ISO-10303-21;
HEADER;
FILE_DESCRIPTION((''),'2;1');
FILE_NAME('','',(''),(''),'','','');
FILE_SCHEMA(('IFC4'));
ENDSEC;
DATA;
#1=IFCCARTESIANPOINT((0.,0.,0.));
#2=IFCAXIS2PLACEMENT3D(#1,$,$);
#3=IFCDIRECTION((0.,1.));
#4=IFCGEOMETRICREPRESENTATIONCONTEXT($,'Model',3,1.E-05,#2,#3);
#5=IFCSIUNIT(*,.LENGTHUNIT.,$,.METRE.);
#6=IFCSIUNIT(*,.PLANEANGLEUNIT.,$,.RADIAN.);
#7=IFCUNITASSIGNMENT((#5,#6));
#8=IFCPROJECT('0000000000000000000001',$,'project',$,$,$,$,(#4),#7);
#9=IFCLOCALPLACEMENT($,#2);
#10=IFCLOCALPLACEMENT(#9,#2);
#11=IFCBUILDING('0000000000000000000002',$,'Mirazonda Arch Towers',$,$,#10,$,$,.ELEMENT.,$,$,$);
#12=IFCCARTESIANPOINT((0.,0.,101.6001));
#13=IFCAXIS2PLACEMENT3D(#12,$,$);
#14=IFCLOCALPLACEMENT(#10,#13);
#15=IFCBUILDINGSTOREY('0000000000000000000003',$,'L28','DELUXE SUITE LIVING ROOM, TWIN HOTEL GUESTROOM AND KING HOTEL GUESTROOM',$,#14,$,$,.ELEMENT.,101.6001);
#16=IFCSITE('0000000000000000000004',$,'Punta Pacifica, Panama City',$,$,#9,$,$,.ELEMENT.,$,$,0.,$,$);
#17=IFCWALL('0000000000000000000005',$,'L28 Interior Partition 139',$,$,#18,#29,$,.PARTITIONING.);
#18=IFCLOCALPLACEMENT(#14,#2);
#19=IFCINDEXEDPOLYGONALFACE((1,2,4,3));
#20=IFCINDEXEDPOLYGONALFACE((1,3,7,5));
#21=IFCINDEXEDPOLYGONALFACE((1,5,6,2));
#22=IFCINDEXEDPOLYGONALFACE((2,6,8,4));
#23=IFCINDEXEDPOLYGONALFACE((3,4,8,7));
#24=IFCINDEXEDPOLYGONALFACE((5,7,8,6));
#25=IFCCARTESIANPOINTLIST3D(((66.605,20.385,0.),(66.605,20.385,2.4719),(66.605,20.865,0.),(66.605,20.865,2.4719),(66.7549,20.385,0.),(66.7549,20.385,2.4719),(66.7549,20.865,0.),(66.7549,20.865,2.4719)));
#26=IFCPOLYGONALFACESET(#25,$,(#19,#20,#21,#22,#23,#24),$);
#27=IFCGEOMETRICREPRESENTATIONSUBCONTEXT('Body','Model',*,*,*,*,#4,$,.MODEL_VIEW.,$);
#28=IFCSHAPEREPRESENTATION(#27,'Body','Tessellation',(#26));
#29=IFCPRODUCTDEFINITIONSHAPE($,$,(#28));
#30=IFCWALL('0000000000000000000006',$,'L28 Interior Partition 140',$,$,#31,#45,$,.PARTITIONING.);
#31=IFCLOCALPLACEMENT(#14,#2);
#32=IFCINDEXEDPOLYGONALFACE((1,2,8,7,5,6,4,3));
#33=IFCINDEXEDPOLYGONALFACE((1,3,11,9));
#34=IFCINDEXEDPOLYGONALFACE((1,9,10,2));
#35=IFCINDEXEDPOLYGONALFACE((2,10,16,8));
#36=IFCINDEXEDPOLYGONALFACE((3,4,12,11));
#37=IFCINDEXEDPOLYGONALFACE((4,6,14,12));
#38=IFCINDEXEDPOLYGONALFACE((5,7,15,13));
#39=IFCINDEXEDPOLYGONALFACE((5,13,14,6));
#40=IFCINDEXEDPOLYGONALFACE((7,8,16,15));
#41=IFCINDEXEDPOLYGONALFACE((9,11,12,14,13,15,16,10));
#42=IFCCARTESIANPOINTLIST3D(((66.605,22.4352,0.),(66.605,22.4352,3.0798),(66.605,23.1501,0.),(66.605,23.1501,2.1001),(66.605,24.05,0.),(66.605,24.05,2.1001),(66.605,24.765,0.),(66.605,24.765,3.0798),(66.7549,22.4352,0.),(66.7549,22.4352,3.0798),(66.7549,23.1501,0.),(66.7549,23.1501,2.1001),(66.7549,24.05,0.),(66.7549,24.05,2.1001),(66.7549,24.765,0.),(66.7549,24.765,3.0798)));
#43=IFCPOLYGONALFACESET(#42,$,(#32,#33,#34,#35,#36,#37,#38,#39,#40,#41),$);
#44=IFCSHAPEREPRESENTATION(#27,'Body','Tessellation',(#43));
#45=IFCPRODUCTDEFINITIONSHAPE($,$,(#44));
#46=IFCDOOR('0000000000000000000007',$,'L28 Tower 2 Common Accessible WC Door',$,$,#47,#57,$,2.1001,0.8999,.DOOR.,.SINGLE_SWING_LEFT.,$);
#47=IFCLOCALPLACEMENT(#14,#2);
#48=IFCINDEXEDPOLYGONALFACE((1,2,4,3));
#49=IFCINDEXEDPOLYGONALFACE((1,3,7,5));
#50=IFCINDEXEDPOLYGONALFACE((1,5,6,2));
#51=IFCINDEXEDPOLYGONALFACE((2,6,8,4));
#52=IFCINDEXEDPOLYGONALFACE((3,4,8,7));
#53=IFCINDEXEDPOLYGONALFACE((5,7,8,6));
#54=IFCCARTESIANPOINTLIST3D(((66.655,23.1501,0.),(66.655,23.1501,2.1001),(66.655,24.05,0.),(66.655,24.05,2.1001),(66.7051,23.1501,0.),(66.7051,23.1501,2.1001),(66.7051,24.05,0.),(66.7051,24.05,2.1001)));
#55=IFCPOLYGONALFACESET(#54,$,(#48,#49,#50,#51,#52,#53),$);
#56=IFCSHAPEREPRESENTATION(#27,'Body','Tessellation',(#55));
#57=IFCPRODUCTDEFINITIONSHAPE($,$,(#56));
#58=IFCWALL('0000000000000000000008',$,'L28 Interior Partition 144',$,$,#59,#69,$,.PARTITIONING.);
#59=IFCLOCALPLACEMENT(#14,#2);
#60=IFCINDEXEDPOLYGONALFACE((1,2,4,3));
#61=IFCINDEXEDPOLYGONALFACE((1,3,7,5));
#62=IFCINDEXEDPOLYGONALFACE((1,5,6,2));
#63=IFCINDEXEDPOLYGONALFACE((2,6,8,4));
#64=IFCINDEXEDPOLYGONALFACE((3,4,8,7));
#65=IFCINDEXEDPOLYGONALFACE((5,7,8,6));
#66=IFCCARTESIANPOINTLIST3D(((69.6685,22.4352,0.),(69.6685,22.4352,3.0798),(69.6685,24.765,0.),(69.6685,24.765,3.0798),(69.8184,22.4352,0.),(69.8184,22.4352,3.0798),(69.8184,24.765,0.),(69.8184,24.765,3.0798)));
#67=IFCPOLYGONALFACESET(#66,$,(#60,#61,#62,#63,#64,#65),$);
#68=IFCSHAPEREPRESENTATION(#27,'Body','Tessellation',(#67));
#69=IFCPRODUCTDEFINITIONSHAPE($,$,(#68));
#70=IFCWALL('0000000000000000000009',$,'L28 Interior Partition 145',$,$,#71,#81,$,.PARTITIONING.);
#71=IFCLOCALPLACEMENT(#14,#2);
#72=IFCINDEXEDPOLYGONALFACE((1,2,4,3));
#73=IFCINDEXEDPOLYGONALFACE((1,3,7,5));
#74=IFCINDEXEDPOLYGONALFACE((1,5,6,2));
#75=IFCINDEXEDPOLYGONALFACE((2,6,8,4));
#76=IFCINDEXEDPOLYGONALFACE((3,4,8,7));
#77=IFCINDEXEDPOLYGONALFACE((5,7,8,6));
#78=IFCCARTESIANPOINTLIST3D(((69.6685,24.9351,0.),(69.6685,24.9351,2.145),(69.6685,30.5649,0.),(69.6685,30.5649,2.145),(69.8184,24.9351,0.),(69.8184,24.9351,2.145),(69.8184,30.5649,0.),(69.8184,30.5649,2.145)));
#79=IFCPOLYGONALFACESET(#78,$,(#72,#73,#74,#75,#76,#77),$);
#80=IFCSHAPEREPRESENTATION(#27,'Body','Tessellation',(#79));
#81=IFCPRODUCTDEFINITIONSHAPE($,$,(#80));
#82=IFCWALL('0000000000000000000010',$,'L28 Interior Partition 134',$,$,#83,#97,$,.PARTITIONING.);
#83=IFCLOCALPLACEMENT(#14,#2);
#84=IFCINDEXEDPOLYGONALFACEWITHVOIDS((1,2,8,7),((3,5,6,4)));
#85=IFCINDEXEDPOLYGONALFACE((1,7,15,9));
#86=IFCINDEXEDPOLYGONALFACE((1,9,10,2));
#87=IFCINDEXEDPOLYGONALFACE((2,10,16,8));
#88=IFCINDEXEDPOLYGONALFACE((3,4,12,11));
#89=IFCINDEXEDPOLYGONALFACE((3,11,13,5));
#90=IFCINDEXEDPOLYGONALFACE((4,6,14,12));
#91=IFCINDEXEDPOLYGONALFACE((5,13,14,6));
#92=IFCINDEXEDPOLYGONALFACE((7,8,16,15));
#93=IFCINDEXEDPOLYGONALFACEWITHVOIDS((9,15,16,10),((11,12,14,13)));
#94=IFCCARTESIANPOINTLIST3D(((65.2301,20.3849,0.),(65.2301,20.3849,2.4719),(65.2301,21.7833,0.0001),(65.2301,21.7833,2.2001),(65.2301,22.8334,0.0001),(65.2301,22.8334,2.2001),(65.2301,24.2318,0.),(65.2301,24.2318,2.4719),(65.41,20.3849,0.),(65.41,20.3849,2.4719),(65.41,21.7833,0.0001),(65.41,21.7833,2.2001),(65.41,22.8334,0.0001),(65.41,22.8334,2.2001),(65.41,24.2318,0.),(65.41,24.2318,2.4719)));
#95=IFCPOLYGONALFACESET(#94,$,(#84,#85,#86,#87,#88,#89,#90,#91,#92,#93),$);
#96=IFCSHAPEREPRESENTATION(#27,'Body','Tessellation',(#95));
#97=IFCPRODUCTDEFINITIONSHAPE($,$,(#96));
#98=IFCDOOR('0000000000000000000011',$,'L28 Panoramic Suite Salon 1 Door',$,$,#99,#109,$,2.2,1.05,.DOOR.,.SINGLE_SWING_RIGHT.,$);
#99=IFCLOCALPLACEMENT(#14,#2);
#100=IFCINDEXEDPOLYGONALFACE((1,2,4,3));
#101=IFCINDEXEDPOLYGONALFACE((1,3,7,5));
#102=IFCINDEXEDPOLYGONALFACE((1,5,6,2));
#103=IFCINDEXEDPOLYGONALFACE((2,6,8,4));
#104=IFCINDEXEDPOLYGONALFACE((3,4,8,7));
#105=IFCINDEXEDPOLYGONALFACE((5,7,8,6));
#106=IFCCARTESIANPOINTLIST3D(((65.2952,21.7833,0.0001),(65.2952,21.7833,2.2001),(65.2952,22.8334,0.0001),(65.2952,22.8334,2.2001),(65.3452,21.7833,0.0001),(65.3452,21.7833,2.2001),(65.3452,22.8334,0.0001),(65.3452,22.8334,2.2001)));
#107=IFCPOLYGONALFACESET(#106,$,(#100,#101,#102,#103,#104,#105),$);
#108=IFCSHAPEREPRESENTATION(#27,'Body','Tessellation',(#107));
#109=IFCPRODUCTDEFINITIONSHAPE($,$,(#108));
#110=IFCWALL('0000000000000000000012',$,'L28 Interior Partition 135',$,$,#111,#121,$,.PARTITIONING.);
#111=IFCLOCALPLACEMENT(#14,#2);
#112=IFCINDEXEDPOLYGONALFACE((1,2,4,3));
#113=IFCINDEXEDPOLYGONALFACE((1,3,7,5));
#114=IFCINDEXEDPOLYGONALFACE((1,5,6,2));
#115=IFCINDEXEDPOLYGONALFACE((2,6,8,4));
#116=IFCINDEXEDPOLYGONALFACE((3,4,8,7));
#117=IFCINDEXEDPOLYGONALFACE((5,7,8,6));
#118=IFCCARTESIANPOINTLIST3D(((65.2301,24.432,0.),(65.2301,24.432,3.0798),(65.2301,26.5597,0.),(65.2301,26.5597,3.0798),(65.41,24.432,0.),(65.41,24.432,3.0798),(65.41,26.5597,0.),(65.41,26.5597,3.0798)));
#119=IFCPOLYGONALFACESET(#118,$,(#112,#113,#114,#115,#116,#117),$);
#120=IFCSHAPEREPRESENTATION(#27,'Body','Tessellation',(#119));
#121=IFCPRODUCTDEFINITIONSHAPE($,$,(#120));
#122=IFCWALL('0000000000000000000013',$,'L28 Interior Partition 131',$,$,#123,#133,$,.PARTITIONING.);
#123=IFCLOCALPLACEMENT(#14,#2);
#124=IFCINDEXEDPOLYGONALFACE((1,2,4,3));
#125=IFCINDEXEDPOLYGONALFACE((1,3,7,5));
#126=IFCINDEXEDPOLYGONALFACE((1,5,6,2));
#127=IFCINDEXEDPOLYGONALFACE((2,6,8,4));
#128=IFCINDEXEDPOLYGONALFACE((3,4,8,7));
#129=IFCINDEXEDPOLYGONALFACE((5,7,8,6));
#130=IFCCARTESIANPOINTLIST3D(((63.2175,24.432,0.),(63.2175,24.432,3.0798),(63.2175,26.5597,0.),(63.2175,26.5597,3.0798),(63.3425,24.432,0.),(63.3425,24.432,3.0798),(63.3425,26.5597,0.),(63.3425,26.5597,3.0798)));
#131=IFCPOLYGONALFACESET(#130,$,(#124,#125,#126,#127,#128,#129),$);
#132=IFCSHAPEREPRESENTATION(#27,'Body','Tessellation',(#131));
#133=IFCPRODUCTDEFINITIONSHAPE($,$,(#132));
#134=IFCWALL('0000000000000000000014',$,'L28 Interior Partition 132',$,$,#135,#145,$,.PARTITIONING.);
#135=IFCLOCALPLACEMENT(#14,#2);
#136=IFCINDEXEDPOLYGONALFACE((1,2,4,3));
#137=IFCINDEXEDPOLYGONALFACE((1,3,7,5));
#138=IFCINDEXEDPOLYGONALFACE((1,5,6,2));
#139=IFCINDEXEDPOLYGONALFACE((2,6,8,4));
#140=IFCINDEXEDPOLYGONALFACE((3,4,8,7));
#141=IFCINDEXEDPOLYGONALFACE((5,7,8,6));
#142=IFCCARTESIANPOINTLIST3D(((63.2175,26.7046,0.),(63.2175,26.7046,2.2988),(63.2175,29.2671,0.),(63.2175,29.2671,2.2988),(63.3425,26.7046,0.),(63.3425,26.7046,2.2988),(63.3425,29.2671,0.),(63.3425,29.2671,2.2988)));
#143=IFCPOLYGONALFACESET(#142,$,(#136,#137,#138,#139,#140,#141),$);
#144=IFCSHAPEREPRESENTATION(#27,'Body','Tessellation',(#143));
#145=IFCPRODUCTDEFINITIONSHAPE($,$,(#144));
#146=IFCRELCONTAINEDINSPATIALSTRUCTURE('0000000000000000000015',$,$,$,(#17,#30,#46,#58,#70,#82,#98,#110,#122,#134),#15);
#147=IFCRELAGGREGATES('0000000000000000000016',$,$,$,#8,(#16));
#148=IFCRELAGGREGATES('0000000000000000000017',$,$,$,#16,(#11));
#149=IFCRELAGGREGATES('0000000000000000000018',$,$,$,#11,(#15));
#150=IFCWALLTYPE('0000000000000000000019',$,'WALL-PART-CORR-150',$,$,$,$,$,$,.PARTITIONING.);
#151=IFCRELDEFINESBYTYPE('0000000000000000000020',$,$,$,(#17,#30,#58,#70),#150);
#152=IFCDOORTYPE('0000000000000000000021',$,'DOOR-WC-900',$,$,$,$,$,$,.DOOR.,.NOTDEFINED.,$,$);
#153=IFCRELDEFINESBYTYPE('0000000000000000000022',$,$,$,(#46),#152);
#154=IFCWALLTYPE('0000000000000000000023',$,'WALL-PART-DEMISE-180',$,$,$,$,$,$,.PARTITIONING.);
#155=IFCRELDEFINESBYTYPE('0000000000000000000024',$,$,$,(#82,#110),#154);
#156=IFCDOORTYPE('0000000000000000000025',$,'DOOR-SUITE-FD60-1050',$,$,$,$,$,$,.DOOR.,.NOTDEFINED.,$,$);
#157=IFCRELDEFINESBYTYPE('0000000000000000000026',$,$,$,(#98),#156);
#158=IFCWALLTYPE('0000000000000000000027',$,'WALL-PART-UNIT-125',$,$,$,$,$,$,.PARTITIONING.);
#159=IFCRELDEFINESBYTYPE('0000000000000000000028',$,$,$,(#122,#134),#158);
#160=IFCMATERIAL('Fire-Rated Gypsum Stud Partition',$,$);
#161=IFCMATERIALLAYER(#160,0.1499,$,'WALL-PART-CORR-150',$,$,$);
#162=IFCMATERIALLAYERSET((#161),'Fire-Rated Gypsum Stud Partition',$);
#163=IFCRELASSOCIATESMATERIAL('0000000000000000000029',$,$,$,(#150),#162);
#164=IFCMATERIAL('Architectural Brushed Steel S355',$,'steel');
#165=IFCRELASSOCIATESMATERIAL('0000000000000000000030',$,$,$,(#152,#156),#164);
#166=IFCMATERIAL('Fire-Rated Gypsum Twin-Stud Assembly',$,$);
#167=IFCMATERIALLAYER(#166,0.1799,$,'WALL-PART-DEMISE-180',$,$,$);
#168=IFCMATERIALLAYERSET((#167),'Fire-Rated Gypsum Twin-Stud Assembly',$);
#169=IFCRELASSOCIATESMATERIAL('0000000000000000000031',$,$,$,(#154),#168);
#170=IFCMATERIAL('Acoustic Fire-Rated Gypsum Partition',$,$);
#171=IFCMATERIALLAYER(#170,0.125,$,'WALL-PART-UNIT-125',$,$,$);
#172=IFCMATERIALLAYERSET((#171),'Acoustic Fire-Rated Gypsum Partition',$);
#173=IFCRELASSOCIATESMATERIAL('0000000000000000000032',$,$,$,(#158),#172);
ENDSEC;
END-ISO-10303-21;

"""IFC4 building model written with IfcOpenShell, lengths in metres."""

from ifc_helpers import new_model, si_unit, direction, frame, frame_2d, origin, place, context, subcontext, project, spatial, rectangle, extrude, material, layer, layer_set, type_object, element, fill, save


model = new_model("IFC4")

# Units and contexts
model_context = context("Model", 3, precision=1e-05, world=origin(), true_north=direction((0.0, 1.0)))
body_context = subcontext(model_context, "Body", "Model", "MODEL_VIEW")
ifc_project = project(units=[si_unit("LENGTHUNIT", "METRE"), si_unit("PLANEANGLEUNIT", "RADIAN")], contexts=[model_context])

# Site, building, storey
site_placement = place(None, origin())
site = spatial("IfcSite", under=ifc_project, at=site_placement, Name="Punta Pacifica, Panama City", CompositionType="ELEMENT", RefElevation=0.0)
building_placement = place(site_placement, origin())
building = spatial("IfcBuilding", under=site, at=building_placement, Name="Mirazonda Arch Towers", CompositionType="ELEMENT")
storey_placement = place(building_placement, frame((0.0, 0.0, 101.6001)))
storey = spatial("IfcBuildingStorey", under=building, at=storey_placement, Name="L28", Description="DELUXE SUITE LIVING ROOM, TWIN HOTEL GUESTROOM AND KING HOTEL GUESTROOM", CompositionType="ELEMENT", Elevation=101.6001)

# Shared definitions
ifc_material_1 = material(Name="Architectural Brushed Steel S355", Category="steel")

# Shared definitions
ifc_material_2 = material(Name="Fire-Rated Gypsum Stud Partition")
ifc_layer_1 = layer(ifc_material_2, 0.1499, Name="WALL-PART-CORR-150")
ifc_layer_set_1 = layer_set([ifc_layer_1], Name="Fire-Rated Gypsum Stud Partition")
wall_type_1 = type_object("IfcWallType", Name="WALL-PART-CORR-150", PredefinedType="PARTITIONING", material=ifc_layer_set_1)

# Wall
wall_1_placement = place(storey_placement, frame((66.6799, 20.385, 0.0), z_axis=(0.0, 0.0, 1.0), x_axis=(0.0, 1.0, 0.0)))
element("IfcWall", 1, at=wall_1_placement, inside=storey, type_object=wall_type_1, Name="L28 Interior Partition 139", PredefinedType="PARTITIONING", context=body_context, shape_type="SweptSolid", body=[
    extrude(rectangle(XDim=0.48, YDim=0.1499, at=frame_2d((0.24, 0.0))), origin(), (0.0, 0.0, 1.0), 2.4719),
])

# Wall, opening, door
wall_2_placement = place(storey_placement, frame((66.6799, 22.4351, 0.0), z_axis=(0.0, 0.0, 1.0), x_axis=(0.0, 1.0, 0.0)))
wall_2 = element("IfcWall", 2, at=wall_2_placement, inside=storey, type_object=wall_type_1, Name="L28 Interior Partition 140", PredefinedType="PARTITIONING", context=body_context, shape_type="SweptSolid", body=[
    extrude(rectangle(XDim=2.3298, YDim=0.1499, at=frame_2d((1.165, 0.0))), origin(), (0.0, 0.0, 1.0), 3.0798),
])
opening_1_placement = place(wall_2_placement, frame((0.7151, 0.0, 0.0)))
opening_1 = element("IfcOpeningElement", 3, at=opening_1_placement, cuts=wall_2, PredefinedType="OPENING", context=body_context, shape_type="SweptSolid", body=[
    extrude(rectangle(XDim=0.8999, YDim=2.1001, at=frame_2d((0.45, 1.05))), frame((0.0, 0.085, 0.0), z_axis=(0.0, -1.0, 0.0), x_axis=(1.0, 0.0, 0.0)), (0.0, 0.0, 1.0), 0.1699),
])
door_type_1 = type_object("IfcDoorType", Name="DOOR-WC-900", OperationType="NOTDEFINED", PredefinedType="DOOR", material=ifc_material_1)
door_1_placement = place(opening_1_placement, origin())
door_1 = element("IfcDoor", 4, at=door_1_placement, inside=storey, type_object=door_type_1, Name="L28 Tower 2 Common Accessible WC Door", OperationType="SINGLE_SWING_LEFT", OverallHeight=2.1001, OverallWidth=0.8999, PredefinedType="DOOR", context=body_context, shape_type="SweptSolid", body=[
    extrude(rectangle(XDim=0.8999, YDim=2.1001, at=frame_2d((0.45, 1.05))), frame((0.0, 0.0249, 0.0), z_axis=(0.0, -1.0, 0.0), x_axis=(1.0, 0.0, 0.0)), (0.0, 0.0, 1.0), 0.05),
])
fill(opening_1, door_1)

# Walls
wall_3_placement = place(storey_placement, frame((69.7434, 22.4351, 0.0), z_axis=(0.0, 0.0, 1.0), x_axis=(0.0, 1.0, 0.0)))
element("IfcWall", 5, at=wall_3_placement, inside=storey, type_object=wall_type_1, Name="L28 Interior Partition 144", PredefinedType="PARTITIONING", context=body_context, shape_type="SweptSolid", body=[
    extrude(rectangle(XDim=2.3298, YDim=0.1499, at=frame_2d((1.165, 0.0))), origin(), (0.0, 0.0, 1.0), 3.0798),
])
wall_4_placement = place(storey_placement, frame((69.7434, 24.9351, 0.0), z_axis=(0.0, 0.0, 1.0), x_axis=(0.0, 1.0, 0.0)))
element("IfcWall", 6, at=wall_4_placement, inside=storey, type_object=wall_type_1, Name="L28 Interior Partition 145", PredefinedType="PARTITIONING", context=body_context, shape_type="SweptSolid", body=[
    extrude(rectangle(XDim=5.6299, YDim=0.1499, at=frame_2d((2.8149, 0.0))), origin(), (0.0, 0.0, 1.0), 2.145),
])

# Wall, opening, door
ifc_material_3 = material(Name="Fire-Rated Gypsum Twin-Stud Assembly")
ifc_layer_2 = layer(ifc_material_3, 0.1799, Name="WALL-PART-DEMISE-180")
ifc_layer_set_2 = layer_set([ifc_layer_2], Name="Fire-Rated Gypsum Twin-Stud Assembly")
wall_type_2 = type_object("IfcWallType", Name="WALL-PART-DEMISE-180", PredefinedType="PARTITIONING", material=ifc_layer_set_2)
wall_5_placement = place(storey_placement, frame((65.3201, 20.385, 0.0), z_axis=(0.0, 0.0, 1.0), x_axis=(0.0, 1.0, 0.0)))
wall_5 = element("IfcWall", 7, at=wall_5_placement, inside=storey, type_object=wall_type_2, Name="L28 Interior Partition 134", PredefinedType="PARTITIONING", context=body_context, shape_type="SweptSolid", body=[
    extrude(rectangle(XDim=3.8469, YDim=0.1799, at=frame_2d((1.9233, 0.0))), origin(), (0.0, 0.0, 1.0), 2.4719),
])
opening_2_placement = place(wall_5_placement, frame((1.3984, 0.0, 0.0)))
opening_2 = element("IfcOpeningElement", 8, at=opening_2_placement, cuts=wall_5, PredefinedType="OPENING", context=body_context, shape_type="SweptSolid", body=[
    extrude(rectangle(XDim=1.05, YDim=2.2, at=frame_2d((0.5249, 1.1001))), frame((0.0, 0.0999, 0.0), z_axis=(0.0, -1.0, 0.0), x_axis=(1.0, 0.0, 0.0)), (0.0, 0.0, 1.0), 0.2),
])
door_type_2 = type_object("IfcDoorType", Name="DOOR-SUITE-FD60-1050", OperationType="NOTDEFINED", PredefinedType="DOOR", material=ifc_material_1)
door_2_placement = place(opening_2_placement, origin())
door_2 = element("IfcDoor", 9, at=door_2_placement, inside=storey, type_object=door_type_2, Name="L28 Panoramic Suite Salon 1 Door", OperationType="SINGLE_SWING_RIGHT", OverallHeight=2.2, OverallWidth=1.05, PredefinedType="DOOR", context=body_context, shape_type="SweptSolid", body=[
    extrude(rectangle(XDim=1.05, YDim=2.2, at=frame_2d((0.5249, 1.1001))), frame((0.0, 0.0249, 0.0), z_axis=(0.0, -1.0, 0.0), x_axis=(1.0, 0.0, 0.0)), (0.0, 0.0, 1.0), 0.05),
])
fill(opening_2, door_2)

# Walls
wall_6_placement = place(storey_placement, frame((65.3201, 24.4319, 0.0), z_axis=(0.0, 0.0, 1.0), x_axis=(0.0, 1.0, 0.0)))
element("IfcWall", 10, at=wall_6_placement, inside=storey, type_object=wall_type_2, Name="L28 Interior Partition 135", PredefinedType="PARTITIONING", context=body_context, shape_type="SweptSolid", body=[
    extrude(rectangle(XDim=2.1277, YDim=0.1799, at=frame_2d((1.064, 0.0))), origin(), (0.0, 0.0, 1.0), 3.0798),
])
ifc_material_4 = material(Name="Acoustic Fire-Rated Gypsum Partition")
ifc_layer_3 = layer(ifc_material_4, 0.125, Name="WALL-PART-UNIT-125")
ifc_layer_set_3 = layer_set([ifc_layer_3], Name="Acoustic Fire-Rated Gypsum Partition")
wall_type_3 = type_object("IfcWallType", Name="WALL-PART-UNIT-125", PredefinedType="PARTITIONING", material=ifc_layer_set_3)
wall_7_placement = place(storey_placement, frame((63.28, 24.4319, 0.0), z_axis=(0.0, 0.0, 1.0), x_axis=(0.0, 1.0, 0.0)))
element("IfcWall", 11, at=wall_7_placement, inside=storey, type_object=wall_type_3, Name="L28 Interior Partition 131", PredefinedType="PARTITIONING", context=body_context, shape_type="SweptSolid", body=[
    extrude(rectangle(XDim=2.1277, YDim=0.125, at=frame_2d((1.064, 0.0))), origin(), (0.0, 0.0, 1.0), 3.0798),
])
wall_8_placement = place(storey_placement, frame((63.28, 26.7046, 0.0), z_axis=(0.0, 0.0, 1.0), x_axis=(0.0, 1.0, 0.0)))
element("IfcWall", 12, at=wall_8_placement, inside=storey, type_object=wall_type_3, Name="L28 Interior Partition 132", PredefinedType="PARTITIONING", context=body_context, shape_type="SweptSolid", body=[
    extrude(rectangle(XDim=2.5625, YDim=0.125, at=frame_2d((1.2812, 0.0))), origin(), (0.0, 0.0, 1.0), 2.2988),
])

save(model, "model.ifc")
